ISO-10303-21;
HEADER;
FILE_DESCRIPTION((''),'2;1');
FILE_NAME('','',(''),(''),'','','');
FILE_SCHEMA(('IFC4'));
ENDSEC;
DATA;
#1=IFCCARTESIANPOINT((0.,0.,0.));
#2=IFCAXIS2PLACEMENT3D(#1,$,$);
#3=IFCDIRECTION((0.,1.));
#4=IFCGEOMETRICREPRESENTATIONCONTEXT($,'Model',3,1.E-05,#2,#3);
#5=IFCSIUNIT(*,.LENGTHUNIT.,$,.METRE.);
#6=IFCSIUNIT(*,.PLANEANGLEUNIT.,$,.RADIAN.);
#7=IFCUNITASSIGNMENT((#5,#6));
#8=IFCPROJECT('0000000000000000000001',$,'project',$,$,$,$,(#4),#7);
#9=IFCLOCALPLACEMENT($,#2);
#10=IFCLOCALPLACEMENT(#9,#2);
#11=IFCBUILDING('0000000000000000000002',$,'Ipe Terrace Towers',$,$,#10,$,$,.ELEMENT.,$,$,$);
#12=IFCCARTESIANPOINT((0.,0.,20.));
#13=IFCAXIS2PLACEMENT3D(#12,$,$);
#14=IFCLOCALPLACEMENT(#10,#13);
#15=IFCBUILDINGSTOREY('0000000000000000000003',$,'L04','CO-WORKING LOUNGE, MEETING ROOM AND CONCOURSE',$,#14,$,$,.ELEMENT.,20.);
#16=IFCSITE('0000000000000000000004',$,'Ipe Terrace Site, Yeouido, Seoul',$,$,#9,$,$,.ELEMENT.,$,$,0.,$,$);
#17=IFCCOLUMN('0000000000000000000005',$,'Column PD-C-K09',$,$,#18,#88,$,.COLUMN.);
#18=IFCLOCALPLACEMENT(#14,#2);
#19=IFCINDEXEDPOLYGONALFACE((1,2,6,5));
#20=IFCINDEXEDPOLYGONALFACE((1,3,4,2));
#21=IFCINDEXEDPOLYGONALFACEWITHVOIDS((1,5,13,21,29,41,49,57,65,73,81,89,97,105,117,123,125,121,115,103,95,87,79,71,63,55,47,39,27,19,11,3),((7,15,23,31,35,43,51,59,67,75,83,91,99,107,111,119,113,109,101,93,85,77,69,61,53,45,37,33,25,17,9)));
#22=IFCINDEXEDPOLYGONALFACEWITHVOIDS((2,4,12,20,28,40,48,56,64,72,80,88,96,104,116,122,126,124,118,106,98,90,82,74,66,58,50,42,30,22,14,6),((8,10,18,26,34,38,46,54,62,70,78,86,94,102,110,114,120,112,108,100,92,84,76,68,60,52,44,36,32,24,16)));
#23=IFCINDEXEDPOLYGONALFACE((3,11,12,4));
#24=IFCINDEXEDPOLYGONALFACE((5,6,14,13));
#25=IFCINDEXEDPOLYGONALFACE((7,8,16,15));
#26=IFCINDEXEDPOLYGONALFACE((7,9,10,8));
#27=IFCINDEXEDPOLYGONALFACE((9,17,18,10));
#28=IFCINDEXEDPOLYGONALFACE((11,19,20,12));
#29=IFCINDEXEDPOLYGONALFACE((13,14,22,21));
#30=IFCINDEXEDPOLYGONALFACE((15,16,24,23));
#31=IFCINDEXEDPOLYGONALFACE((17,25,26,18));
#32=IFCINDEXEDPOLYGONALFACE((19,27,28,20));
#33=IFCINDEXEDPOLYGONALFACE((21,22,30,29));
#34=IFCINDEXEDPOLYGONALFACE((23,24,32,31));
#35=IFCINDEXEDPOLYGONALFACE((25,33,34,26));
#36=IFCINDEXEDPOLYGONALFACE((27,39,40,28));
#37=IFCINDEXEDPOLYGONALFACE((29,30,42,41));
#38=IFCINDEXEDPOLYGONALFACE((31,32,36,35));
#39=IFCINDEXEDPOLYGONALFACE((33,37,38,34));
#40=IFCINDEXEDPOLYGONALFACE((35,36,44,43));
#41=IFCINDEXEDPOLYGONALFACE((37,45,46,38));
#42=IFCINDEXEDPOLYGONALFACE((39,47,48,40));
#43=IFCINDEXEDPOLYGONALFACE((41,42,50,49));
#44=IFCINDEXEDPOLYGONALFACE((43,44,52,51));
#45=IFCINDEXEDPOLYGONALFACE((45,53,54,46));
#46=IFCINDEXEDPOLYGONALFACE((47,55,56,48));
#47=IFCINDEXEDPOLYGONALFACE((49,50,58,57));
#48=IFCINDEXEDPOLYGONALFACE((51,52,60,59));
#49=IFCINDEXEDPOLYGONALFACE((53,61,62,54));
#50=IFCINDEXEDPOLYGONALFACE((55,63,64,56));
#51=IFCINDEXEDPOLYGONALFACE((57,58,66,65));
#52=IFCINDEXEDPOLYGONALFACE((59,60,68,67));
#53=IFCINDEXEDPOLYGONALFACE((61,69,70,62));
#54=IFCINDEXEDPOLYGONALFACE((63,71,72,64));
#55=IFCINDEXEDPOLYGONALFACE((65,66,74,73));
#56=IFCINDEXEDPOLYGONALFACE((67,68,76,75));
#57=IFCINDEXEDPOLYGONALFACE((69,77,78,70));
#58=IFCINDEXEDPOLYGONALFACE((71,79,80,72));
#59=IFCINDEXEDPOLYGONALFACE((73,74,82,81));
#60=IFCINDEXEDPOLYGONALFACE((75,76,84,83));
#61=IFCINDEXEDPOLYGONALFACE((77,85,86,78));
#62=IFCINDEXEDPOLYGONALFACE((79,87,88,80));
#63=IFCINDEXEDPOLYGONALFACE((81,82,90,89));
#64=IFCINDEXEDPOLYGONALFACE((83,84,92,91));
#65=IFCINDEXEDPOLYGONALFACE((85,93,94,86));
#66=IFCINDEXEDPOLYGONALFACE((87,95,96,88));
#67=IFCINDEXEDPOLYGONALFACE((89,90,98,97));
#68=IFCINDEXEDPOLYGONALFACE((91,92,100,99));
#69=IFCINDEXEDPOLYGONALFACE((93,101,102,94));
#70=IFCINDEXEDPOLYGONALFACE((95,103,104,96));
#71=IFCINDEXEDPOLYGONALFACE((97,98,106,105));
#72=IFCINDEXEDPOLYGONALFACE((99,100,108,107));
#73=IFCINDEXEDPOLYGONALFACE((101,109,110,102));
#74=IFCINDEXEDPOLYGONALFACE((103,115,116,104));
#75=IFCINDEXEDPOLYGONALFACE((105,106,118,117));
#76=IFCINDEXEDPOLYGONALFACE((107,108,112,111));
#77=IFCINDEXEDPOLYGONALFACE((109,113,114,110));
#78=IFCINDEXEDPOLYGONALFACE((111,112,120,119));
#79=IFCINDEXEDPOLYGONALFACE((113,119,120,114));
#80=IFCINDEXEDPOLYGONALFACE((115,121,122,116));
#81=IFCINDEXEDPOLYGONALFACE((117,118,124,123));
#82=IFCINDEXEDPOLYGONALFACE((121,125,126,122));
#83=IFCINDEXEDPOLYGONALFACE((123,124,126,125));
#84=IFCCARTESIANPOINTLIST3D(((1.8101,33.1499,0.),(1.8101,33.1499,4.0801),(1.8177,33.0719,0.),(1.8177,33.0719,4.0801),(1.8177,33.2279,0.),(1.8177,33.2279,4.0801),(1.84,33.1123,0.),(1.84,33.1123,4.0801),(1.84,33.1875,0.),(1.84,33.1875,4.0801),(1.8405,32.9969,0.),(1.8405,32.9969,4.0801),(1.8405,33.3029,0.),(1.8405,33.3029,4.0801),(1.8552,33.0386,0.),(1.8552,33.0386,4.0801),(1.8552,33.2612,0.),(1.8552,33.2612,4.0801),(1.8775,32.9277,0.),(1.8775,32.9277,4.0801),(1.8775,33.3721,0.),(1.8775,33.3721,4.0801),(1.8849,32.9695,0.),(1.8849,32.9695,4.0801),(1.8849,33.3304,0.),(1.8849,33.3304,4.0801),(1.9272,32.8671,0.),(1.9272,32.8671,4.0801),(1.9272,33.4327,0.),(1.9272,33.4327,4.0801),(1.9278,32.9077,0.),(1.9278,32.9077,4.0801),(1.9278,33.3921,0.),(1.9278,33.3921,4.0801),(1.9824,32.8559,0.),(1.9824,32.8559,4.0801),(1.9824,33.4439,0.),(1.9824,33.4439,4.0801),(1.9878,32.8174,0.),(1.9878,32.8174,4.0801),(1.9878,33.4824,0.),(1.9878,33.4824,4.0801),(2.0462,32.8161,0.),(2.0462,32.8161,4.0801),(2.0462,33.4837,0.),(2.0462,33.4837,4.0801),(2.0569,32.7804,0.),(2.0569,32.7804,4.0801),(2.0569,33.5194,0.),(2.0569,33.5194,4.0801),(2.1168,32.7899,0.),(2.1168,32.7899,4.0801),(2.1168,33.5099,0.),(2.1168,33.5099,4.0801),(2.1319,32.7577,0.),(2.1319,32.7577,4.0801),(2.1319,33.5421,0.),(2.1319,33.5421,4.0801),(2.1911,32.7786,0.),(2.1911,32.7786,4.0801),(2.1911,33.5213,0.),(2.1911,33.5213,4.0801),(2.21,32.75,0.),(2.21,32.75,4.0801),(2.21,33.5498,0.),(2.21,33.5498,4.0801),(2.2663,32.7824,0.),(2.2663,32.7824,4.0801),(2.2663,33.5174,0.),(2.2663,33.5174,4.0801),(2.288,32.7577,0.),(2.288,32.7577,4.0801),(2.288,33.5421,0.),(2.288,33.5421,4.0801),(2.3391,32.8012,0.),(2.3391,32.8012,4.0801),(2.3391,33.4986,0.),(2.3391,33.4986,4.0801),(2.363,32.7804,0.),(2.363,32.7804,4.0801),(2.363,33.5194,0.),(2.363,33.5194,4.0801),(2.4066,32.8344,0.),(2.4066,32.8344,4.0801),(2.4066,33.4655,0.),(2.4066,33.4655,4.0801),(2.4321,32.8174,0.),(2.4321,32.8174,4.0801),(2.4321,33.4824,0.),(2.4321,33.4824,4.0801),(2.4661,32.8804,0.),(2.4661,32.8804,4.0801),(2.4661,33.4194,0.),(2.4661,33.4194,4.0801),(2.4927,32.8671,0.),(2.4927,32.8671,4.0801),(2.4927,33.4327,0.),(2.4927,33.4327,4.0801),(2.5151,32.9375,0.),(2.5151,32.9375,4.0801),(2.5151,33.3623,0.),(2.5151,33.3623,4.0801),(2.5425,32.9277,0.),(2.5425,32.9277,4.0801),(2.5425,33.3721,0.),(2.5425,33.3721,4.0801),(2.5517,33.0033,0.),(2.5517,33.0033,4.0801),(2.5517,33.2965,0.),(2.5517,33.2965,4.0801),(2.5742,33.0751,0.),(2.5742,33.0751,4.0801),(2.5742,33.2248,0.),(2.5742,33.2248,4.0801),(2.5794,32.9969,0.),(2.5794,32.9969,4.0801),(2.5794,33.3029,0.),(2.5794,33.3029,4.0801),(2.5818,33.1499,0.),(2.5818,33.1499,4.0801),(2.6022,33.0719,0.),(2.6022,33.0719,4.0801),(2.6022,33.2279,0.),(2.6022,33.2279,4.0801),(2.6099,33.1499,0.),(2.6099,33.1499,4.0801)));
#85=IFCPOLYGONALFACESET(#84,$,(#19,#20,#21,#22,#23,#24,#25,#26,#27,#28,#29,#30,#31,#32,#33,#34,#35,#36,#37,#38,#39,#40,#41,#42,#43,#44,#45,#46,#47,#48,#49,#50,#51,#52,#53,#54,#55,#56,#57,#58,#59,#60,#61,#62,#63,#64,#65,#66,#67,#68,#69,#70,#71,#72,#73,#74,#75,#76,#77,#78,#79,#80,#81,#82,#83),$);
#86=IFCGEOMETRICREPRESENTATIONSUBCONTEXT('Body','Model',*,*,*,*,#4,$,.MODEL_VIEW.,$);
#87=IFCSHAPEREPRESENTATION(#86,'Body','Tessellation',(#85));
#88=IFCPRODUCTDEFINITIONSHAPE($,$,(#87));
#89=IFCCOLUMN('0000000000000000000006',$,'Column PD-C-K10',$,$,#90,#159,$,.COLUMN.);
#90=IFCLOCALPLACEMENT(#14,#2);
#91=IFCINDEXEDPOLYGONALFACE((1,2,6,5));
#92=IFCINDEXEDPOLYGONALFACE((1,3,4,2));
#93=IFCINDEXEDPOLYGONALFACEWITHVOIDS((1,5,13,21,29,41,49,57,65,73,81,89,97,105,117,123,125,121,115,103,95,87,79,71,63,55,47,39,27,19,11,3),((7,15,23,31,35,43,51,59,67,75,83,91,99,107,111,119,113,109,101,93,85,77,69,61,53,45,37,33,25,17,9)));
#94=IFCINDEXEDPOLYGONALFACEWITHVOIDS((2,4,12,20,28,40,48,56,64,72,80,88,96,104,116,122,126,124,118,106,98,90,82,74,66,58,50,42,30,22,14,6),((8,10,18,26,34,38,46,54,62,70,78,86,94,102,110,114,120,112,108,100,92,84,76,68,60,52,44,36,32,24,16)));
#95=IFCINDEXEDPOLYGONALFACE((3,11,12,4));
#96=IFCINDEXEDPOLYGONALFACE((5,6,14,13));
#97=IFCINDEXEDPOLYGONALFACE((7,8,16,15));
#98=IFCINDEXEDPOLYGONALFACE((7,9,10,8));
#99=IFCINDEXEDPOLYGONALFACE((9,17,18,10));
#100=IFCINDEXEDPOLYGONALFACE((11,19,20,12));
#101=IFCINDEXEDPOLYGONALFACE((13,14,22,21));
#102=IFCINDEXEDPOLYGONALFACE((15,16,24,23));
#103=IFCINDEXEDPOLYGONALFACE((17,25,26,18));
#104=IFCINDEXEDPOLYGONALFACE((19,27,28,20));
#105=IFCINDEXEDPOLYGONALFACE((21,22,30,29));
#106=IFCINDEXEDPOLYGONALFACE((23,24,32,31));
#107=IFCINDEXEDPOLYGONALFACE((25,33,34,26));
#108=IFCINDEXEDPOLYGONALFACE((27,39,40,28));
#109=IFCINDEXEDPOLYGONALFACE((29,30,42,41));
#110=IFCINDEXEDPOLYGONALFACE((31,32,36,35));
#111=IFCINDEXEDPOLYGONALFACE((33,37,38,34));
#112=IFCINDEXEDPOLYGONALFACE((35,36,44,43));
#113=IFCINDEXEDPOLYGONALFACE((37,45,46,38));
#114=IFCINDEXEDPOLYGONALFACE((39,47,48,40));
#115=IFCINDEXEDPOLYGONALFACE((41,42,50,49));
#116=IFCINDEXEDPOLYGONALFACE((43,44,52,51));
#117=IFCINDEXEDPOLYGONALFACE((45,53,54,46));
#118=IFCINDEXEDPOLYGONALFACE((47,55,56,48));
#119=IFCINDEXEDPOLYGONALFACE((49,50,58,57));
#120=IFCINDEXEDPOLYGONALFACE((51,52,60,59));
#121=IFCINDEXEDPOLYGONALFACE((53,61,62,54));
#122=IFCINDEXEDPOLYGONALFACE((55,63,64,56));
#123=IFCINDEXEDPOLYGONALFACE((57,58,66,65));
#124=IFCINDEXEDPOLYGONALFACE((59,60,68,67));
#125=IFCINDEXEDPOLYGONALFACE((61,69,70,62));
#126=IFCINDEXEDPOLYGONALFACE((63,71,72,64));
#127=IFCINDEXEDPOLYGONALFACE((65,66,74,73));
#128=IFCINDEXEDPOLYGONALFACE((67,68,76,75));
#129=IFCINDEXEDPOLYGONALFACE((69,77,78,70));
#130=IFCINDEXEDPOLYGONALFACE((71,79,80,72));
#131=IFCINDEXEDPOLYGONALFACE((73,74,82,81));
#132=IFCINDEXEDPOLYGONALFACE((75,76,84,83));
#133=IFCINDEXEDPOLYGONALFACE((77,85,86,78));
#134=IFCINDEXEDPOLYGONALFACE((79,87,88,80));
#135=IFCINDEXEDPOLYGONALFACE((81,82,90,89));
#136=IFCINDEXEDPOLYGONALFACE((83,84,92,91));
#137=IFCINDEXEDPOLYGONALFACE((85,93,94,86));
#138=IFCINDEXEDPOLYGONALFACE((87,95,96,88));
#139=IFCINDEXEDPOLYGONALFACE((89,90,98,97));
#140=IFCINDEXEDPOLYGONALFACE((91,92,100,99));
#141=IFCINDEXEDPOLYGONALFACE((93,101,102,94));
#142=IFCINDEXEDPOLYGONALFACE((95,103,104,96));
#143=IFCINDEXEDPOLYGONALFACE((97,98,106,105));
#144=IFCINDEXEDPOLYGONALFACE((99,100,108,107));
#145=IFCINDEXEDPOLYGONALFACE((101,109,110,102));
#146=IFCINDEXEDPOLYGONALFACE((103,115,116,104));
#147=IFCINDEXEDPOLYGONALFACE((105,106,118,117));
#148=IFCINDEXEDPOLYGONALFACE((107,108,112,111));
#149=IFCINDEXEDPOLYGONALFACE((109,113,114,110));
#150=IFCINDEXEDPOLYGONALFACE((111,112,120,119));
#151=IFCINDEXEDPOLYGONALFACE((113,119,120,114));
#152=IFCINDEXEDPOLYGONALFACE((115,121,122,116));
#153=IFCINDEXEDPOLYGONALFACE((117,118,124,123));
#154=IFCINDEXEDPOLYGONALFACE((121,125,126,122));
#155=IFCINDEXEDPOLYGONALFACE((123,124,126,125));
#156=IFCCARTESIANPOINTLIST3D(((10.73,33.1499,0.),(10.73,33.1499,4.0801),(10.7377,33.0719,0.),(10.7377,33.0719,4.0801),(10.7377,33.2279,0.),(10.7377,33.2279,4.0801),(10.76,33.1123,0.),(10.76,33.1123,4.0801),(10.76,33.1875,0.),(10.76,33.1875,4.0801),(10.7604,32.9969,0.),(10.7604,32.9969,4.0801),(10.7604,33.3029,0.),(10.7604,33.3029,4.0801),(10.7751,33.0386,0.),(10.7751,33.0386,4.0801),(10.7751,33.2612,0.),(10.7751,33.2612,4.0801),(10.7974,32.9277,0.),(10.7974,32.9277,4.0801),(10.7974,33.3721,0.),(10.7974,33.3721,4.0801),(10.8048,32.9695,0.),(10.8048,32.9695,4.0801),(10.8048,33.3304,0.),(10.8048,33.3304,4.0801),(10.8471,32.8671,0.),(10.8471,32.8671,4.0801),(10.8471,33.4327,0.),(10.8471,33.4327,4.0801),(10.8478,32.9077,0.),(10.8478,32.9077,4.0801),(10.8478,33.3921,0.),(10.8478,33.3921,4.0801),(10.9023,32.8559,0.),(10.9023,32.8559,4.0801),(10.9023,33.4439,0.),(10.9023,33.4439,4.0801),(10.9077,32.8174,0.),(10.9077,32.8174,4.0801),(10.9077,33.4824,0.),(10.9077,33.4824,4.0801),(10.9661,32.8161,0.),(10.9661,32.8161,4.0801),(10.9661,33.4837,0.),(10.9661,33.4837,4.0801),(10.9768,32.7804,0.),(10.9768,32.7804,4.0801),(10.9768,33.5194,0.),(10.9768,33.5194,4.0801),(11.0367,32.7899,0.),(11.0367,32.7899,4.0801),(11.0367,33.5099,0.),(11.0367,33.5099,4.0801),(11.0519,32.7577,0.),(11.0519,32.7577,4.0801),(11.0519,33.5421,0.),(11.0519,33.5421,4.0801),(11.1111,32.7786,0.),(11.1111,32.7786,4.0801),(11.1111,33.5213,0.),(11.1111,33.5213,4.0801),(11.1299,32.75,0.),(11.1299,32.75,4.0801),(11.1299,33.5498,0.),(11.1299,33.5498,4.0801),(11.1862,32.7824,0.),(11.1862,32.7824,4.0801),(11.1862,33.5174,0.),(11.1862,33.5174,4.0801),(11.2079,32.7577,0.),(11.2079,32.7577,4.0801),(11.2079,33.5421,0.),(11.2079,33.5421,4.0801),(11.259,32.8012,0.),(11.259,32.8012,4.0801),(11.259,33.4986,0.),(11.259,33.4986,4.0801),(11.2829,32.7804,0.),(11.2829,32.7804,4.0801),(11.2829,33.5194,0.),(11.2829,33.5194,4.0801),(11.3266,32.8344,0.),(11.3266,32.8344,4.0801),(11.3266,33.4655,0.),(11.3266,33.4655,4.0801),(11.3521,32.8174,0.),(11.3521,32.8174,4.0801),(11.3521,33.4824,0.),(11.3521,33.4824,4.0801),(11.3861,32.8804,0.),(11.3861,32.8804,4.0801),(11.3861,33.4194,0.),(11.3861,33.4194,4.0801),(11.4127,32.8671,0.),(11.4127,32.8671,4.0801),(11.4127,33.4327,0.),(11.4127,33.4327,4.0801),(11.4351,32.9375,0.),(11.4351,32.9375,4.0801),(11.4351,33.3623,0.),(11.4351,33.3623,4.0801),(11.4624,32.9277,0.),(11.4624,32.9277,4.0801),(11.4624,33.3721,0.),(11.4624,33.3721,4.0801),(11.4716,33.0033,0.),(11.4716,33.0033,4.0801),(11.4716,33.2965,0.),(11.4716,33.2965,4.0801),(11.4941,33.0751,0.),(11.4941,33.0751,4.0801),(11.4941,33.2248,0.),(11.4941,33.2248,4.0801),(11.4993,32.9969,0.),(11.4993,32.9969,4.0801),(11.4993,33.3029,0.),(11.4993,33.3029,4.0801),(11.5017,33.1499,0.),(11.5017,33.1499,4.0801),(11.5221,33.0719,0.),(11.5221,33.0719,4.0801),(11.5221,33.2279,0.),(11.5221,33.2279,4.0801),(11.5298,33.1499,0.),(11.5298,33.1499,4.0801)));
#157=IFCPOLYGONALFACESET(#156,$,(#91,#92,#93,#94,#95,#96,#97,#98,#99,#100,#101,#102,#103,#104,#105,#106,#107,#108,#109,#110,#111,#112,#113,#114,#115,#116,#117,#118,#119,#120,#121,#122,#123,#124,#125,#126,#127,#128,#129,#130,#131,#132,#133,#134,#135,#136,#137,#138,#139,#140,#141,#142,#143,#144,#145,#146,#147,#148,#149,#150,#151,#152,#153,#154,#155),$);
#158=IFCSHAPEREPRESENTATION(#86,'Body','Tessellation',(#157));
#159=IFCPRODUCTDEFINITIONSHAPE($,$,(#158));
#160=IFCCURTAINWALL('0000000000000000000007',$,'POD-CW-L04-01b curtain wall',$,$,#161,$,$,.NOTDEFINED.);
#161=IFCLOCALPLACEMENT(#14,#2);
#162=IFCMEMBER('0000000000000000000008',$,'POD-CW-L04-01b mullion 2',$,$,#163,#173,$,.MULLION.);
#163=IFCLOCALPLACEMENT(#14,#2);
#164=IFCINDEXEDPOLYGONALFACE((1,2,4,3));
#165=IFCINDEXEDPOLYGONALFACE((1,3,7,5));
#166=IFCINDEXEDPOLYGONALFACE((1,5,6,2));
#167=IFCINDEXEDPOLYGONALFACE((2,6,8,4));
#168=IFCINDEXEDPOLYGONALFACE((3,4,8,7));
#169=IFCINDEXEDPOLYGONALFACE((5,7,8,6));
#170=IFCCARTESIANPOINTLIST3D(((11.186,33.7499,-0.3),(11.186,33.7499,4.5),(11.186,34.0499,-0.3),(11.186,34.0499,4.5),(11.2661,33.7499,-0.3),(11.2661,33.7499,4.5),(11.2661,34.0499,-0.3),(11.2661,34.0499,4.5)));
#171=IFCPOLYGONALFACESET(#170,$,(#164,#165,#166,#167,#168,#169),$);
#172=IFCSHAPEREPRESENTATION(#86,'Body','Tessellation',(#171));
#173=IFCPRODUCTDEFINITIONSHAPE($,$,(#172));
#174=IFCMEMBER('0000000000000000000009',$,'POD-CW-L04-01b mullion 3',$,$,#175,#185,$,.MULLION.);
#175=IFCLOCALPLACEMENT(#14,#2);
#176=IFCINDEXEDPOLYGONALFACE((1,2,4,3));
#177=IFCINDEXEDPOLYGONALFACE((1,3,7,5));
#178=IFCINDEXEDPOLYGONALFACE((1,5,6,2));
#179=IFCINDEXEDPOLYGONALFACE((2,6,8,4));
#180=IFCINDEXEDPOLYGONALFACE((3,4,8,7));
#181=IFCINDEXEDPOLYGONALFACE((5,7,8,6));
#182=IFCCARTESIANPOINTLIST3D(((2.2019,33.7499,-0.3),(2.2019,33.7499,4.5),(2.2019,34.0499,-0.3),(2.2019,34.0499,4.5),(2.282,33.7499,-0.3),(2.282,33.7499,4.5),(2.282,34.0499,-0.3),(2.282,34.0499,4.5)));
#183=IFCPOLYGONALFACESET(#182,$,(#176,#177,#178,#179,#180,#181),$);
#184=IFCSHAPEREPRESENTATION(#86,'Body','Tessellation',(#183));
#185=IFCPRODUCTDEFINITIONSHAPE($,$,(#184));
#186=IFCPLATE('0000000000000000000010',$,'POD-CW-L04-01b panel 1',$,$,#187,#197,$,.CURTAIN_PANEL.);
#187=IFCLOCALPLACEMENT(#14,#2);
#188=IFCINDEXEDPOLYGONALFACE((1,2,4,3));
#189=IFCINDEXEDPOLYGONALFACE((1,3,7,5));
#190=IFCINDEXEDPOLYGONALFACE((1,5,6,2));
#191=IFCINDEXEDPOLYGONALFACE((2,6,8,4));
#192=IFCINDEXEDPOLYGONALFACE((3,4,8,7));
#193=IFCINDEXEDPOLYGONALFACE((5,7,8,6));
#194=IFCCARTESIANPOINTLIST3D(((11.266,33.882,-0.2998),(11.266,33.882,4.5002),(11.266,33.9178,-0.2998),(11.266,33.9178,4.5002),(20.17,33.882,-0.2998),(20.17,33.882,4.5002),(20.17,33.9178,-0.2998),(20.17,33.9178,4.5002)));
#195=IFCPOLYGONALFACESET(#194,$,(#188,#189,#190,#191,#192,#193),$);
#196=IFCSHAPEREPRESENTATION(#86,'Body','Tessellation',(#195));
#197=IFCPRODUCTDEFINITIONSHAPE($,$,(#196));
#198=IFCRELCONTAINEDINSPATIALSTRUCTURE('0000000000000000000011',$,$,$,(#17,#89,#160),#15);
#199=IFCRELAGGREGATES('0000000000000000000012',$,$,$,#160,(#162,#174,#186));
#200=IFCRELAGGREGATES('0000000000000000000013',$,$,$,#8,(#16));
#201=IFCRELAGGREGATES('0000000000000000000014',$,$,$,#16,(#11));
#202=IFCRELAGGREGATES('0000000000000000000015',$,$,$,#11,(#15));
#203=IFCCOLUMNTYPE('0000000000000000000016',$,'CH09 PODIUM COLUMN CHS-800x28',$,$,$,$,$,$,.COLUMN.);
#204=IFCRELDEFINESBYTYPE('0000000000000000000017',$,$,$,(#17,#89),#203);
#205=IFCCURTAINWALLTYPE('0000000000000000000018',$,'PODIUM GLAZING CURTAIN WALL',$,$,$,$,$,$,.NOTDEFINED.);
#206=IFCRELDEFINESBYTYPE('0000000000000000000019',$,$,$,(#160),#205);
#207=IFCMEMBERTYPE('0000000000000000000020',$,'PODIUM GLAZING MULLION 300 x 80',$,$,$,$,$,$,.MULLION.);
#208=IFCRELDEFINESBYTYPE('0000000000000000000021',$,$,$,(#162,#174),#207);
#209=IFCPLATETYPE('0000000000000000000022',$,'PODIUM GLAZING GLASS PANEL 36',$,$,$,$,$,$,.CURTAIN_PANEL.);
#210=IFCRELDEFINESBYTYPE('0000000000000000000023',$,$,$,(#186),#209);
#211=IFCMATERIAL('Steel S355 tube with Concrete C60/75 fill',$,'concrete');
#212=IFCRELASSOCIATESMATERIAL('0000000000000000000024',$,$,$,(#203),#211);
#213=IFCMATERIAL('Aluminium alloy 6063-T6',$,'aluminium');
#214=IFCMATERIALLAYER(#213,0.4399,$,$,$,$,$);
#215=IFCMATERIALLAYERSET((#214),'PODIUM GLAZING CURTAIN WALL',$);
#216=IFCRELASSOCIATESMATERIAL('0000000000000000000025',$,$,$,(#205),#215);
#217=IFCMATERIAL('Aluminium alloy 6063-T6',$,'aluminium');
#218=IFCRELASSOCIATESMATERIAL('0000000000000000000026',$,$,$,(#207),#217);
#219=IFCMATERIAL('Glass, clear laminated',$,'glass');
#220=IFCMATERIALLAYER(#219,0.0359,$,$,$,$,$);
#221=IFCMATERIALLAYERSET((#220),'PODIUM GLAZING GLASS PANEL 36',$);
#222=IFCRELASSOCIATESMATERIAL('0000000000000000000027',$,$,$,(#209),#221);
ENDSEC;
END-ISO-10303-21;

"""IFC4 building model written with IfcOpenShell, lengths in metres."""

from ifc_helpers import new_model, si_unit, direction, frame, origin, origin_2d, place, context, subcontext, project, spatial, rectangle, hollow_circle, extrude, material, layer, layer_set, material_profile, profile_set, type_object, element, aggregate, save


model = new_model("IFC4")

# Units and contexts
model_context = context("Model", 3, precision=1e-05, world=origin(), true_north=direction((0.0, 1.0)))
body_context = subcontext(model_context, "Body", "Model", "MODEL_VIEW")
ifc_project = project(units=[si_unit("LENGTHUNIT", "METRE"), si_unit("PLANEANGLEUNIT", "RADIAN")], contexts=[model_context])

# Site, building, storey
site_placement = place(None, origin())
site = spatial("IfcSite", under=ifc_project, at=site_placement, Name="Ipe Terrace Site, Yeouido, Seoul", CompositionType="ELEMENT", RefElevation=0.0)
building_placement = place(site_placement, origin())
building = spatial("IfcBuilding", under=site, at=building_placement, Name="Ipe Terrace Towers", CompositionType="ELEMENT")
storey_placement = place(building_placement, frame((0.0, 0.0, 20.0)))
storey = spatial("IfcBuildingStorey", under=building, at=storey_placement, Name="L04", Description="CO-WORKING LOUNGE, MEETING ROOM AND CONCOURSE", CompositionType="ELEMENT", Elevation=20.0)

# Columns
ifc_material_1 = material(Name="Steel S355 tube with Concrete C60/75 fill", Category="concrete")
ifc_material_profile_1 = material_profile(ifc_material_1, hollow_circle(Radius=0.3999, WallThickness=0.0281, at=origin_2d()), Name="CHS-800x28")
ifc_profile_set_1 = profile_set([ifc_material_profile_1], Name="Steel S355 tube with Concrete C60/75 fill")
column_type = type_object("IfcColumnType", Name="CH09 PODIUM COLUMN CHS-800x28", PredefinedType="COLUMN", material=ifc_profile_set_1)
for number, where, z_axis, x_axis, name in (
    (1, (2.21, 33.1499, 0.0), (0.0, 0.0, 1.0), (1.0, 0.0, 0.0), "Column PD-C-K09"),
    (2, (11.1299, 33.1499, 0.0), (0.0, 0.0, 1.0), (1.0, 0.0, 0.0), "Column PD-C-K10"),
):
    element("IfcColumn", number, at=place(storey_placement, frame(where, z_axis=z_axis, x_axis=x_axis)), inside=storey, type_object=column_type, Name=name, PredefinedType="COLUMN", context=body_context, shape_type="SweptSolid", body=[
        extrude(hollow_circle(Radius=0.3999, WallThickness=0.0281, at=origin_2d()), origin(), (0.0, 0.0, 1.0), 4.0801),
    ])

# Curtain wall, members, plate
ifc_material_2 = material(Name="Aluminium alloy 6063-T6", Category="aluminium")
ifc_layer_1 = layer(ifc_material_2, 0.4399)
ifc_layer_set_1 = layer_set([ifc_layer_1], Name="PODIUM GLAZING CURTAIN WALL")
curtain_wall_type = type_object("IfcCurtainWallType", Name="PODIUM GLAZING CURTAIN WALL", PredefinedType="NOTDEFINED", material=ifc_layer_set_1)
curtain_wall_placement = place(storey_placement, origin())
curtain_wall = element("IfcCurtainWall", 3, at=curtain_wall_placement, inside=storey, type_object=curtain_wall_type, Name="POD-CW-L04-01b curtain wall", PredefinedType="NOTDEFINED")
ifc_material_3 = material(Name="Aluminium alloy 6063-T6", Category="aluminium")
ifc_material_profile_2 = material_profile(ifc_material_3, rectangle(XDim=0.3, YDim=0.0801, at=origin_2d()), Name="PODIUM GLAZING MULLION 300 x 80")
ifc_profile_set_2 = profile_set([ifc_material_profile_2], Name="Aluminium alloy 6063-T6")
member_type = type_object("IfcMemberType", Name="PODIUM GLAZING MULLION 300 x 80", PredefinedType="MULLION", material=ifc_profile_set_2)
member_1_placement = place(storey_placement, frame((11.2261, 33.8999, -0.3), z_axis=(0.0, 0.0, 1.0), x_axis=(0.0, 1.0, 0.0)))
member_1 = element("IfcMember", 4, at=member_1_placement, type_object=member_type, Name="POD-CW-L04-01b mullion 2", PredefinedType="MULLION", context=body_context, shape_type="SweptSolid", body=[
    extrude(rectangle(XDim=0.3, YDim=0.0801, at=origin_2d()), origin(), (0.0, 0.0, 1.0), 4.8),
])
member_2_placement = place(storey_placement, frame((2.2419, 33.8999, -0.3), z_axis=(0.0, 0.0, 1.0), x_axis=(0.0, 1.0, 0.0)))
member_2 = element("IfcMember", 5, at=member_2_placement, type_object=member_type, Name="POD-CW-L04-01b mullion 3", PredefinedType="MULLION", context=body_context, shape_type="SweptSolid", body=[
    extrude(rectangle(XDim=0.3, YDim=0.0801, at=origin_2d()), origin(), (0.0, 0.0, 1.0), 4.8),
])
ifc_material_4 = material(Name="Glass, clear laminated", Category="glass")
ifc_layer_2 = layer(ifc_material_4, 0.0359)
ifc_layer_set_2 = layer_set([ifc_layer_2], Name="PODIUM GLAZING GLASS PANEL 36")
plate_type = type_object("IfcPlateType", Name="PODIUM GLAZING GLASS PANEL 36", PredefinedType="CURTAIN_PANEL", material=ifc_layer_set_2)
plate_1_placement = place(storey_placement, frame((15.718, 33.8999, -0.2998), z_axis=(0.0, 0.0, 1.0), x_axis=(-1.0, 0.0, 0.0)))
plate_1 = element("IfcPlate", 6, at=plate_1_placement, type_object=plate_type, Name="POD-CW-L04-01b panel 1", PredefinedType="CURTAIN_PANEL", context=body_context, shape_type="SweptSolid", body=[
    extrude(rectangle(XDim=8.9041, YDim=0.0359, at=origin_2d()), origin(), (0.0, 0.0, 1.0), 4.8),
])
aggregate(curtain_wall, [member_1, member_2, plate_1])

save(model, "model.ifc")
